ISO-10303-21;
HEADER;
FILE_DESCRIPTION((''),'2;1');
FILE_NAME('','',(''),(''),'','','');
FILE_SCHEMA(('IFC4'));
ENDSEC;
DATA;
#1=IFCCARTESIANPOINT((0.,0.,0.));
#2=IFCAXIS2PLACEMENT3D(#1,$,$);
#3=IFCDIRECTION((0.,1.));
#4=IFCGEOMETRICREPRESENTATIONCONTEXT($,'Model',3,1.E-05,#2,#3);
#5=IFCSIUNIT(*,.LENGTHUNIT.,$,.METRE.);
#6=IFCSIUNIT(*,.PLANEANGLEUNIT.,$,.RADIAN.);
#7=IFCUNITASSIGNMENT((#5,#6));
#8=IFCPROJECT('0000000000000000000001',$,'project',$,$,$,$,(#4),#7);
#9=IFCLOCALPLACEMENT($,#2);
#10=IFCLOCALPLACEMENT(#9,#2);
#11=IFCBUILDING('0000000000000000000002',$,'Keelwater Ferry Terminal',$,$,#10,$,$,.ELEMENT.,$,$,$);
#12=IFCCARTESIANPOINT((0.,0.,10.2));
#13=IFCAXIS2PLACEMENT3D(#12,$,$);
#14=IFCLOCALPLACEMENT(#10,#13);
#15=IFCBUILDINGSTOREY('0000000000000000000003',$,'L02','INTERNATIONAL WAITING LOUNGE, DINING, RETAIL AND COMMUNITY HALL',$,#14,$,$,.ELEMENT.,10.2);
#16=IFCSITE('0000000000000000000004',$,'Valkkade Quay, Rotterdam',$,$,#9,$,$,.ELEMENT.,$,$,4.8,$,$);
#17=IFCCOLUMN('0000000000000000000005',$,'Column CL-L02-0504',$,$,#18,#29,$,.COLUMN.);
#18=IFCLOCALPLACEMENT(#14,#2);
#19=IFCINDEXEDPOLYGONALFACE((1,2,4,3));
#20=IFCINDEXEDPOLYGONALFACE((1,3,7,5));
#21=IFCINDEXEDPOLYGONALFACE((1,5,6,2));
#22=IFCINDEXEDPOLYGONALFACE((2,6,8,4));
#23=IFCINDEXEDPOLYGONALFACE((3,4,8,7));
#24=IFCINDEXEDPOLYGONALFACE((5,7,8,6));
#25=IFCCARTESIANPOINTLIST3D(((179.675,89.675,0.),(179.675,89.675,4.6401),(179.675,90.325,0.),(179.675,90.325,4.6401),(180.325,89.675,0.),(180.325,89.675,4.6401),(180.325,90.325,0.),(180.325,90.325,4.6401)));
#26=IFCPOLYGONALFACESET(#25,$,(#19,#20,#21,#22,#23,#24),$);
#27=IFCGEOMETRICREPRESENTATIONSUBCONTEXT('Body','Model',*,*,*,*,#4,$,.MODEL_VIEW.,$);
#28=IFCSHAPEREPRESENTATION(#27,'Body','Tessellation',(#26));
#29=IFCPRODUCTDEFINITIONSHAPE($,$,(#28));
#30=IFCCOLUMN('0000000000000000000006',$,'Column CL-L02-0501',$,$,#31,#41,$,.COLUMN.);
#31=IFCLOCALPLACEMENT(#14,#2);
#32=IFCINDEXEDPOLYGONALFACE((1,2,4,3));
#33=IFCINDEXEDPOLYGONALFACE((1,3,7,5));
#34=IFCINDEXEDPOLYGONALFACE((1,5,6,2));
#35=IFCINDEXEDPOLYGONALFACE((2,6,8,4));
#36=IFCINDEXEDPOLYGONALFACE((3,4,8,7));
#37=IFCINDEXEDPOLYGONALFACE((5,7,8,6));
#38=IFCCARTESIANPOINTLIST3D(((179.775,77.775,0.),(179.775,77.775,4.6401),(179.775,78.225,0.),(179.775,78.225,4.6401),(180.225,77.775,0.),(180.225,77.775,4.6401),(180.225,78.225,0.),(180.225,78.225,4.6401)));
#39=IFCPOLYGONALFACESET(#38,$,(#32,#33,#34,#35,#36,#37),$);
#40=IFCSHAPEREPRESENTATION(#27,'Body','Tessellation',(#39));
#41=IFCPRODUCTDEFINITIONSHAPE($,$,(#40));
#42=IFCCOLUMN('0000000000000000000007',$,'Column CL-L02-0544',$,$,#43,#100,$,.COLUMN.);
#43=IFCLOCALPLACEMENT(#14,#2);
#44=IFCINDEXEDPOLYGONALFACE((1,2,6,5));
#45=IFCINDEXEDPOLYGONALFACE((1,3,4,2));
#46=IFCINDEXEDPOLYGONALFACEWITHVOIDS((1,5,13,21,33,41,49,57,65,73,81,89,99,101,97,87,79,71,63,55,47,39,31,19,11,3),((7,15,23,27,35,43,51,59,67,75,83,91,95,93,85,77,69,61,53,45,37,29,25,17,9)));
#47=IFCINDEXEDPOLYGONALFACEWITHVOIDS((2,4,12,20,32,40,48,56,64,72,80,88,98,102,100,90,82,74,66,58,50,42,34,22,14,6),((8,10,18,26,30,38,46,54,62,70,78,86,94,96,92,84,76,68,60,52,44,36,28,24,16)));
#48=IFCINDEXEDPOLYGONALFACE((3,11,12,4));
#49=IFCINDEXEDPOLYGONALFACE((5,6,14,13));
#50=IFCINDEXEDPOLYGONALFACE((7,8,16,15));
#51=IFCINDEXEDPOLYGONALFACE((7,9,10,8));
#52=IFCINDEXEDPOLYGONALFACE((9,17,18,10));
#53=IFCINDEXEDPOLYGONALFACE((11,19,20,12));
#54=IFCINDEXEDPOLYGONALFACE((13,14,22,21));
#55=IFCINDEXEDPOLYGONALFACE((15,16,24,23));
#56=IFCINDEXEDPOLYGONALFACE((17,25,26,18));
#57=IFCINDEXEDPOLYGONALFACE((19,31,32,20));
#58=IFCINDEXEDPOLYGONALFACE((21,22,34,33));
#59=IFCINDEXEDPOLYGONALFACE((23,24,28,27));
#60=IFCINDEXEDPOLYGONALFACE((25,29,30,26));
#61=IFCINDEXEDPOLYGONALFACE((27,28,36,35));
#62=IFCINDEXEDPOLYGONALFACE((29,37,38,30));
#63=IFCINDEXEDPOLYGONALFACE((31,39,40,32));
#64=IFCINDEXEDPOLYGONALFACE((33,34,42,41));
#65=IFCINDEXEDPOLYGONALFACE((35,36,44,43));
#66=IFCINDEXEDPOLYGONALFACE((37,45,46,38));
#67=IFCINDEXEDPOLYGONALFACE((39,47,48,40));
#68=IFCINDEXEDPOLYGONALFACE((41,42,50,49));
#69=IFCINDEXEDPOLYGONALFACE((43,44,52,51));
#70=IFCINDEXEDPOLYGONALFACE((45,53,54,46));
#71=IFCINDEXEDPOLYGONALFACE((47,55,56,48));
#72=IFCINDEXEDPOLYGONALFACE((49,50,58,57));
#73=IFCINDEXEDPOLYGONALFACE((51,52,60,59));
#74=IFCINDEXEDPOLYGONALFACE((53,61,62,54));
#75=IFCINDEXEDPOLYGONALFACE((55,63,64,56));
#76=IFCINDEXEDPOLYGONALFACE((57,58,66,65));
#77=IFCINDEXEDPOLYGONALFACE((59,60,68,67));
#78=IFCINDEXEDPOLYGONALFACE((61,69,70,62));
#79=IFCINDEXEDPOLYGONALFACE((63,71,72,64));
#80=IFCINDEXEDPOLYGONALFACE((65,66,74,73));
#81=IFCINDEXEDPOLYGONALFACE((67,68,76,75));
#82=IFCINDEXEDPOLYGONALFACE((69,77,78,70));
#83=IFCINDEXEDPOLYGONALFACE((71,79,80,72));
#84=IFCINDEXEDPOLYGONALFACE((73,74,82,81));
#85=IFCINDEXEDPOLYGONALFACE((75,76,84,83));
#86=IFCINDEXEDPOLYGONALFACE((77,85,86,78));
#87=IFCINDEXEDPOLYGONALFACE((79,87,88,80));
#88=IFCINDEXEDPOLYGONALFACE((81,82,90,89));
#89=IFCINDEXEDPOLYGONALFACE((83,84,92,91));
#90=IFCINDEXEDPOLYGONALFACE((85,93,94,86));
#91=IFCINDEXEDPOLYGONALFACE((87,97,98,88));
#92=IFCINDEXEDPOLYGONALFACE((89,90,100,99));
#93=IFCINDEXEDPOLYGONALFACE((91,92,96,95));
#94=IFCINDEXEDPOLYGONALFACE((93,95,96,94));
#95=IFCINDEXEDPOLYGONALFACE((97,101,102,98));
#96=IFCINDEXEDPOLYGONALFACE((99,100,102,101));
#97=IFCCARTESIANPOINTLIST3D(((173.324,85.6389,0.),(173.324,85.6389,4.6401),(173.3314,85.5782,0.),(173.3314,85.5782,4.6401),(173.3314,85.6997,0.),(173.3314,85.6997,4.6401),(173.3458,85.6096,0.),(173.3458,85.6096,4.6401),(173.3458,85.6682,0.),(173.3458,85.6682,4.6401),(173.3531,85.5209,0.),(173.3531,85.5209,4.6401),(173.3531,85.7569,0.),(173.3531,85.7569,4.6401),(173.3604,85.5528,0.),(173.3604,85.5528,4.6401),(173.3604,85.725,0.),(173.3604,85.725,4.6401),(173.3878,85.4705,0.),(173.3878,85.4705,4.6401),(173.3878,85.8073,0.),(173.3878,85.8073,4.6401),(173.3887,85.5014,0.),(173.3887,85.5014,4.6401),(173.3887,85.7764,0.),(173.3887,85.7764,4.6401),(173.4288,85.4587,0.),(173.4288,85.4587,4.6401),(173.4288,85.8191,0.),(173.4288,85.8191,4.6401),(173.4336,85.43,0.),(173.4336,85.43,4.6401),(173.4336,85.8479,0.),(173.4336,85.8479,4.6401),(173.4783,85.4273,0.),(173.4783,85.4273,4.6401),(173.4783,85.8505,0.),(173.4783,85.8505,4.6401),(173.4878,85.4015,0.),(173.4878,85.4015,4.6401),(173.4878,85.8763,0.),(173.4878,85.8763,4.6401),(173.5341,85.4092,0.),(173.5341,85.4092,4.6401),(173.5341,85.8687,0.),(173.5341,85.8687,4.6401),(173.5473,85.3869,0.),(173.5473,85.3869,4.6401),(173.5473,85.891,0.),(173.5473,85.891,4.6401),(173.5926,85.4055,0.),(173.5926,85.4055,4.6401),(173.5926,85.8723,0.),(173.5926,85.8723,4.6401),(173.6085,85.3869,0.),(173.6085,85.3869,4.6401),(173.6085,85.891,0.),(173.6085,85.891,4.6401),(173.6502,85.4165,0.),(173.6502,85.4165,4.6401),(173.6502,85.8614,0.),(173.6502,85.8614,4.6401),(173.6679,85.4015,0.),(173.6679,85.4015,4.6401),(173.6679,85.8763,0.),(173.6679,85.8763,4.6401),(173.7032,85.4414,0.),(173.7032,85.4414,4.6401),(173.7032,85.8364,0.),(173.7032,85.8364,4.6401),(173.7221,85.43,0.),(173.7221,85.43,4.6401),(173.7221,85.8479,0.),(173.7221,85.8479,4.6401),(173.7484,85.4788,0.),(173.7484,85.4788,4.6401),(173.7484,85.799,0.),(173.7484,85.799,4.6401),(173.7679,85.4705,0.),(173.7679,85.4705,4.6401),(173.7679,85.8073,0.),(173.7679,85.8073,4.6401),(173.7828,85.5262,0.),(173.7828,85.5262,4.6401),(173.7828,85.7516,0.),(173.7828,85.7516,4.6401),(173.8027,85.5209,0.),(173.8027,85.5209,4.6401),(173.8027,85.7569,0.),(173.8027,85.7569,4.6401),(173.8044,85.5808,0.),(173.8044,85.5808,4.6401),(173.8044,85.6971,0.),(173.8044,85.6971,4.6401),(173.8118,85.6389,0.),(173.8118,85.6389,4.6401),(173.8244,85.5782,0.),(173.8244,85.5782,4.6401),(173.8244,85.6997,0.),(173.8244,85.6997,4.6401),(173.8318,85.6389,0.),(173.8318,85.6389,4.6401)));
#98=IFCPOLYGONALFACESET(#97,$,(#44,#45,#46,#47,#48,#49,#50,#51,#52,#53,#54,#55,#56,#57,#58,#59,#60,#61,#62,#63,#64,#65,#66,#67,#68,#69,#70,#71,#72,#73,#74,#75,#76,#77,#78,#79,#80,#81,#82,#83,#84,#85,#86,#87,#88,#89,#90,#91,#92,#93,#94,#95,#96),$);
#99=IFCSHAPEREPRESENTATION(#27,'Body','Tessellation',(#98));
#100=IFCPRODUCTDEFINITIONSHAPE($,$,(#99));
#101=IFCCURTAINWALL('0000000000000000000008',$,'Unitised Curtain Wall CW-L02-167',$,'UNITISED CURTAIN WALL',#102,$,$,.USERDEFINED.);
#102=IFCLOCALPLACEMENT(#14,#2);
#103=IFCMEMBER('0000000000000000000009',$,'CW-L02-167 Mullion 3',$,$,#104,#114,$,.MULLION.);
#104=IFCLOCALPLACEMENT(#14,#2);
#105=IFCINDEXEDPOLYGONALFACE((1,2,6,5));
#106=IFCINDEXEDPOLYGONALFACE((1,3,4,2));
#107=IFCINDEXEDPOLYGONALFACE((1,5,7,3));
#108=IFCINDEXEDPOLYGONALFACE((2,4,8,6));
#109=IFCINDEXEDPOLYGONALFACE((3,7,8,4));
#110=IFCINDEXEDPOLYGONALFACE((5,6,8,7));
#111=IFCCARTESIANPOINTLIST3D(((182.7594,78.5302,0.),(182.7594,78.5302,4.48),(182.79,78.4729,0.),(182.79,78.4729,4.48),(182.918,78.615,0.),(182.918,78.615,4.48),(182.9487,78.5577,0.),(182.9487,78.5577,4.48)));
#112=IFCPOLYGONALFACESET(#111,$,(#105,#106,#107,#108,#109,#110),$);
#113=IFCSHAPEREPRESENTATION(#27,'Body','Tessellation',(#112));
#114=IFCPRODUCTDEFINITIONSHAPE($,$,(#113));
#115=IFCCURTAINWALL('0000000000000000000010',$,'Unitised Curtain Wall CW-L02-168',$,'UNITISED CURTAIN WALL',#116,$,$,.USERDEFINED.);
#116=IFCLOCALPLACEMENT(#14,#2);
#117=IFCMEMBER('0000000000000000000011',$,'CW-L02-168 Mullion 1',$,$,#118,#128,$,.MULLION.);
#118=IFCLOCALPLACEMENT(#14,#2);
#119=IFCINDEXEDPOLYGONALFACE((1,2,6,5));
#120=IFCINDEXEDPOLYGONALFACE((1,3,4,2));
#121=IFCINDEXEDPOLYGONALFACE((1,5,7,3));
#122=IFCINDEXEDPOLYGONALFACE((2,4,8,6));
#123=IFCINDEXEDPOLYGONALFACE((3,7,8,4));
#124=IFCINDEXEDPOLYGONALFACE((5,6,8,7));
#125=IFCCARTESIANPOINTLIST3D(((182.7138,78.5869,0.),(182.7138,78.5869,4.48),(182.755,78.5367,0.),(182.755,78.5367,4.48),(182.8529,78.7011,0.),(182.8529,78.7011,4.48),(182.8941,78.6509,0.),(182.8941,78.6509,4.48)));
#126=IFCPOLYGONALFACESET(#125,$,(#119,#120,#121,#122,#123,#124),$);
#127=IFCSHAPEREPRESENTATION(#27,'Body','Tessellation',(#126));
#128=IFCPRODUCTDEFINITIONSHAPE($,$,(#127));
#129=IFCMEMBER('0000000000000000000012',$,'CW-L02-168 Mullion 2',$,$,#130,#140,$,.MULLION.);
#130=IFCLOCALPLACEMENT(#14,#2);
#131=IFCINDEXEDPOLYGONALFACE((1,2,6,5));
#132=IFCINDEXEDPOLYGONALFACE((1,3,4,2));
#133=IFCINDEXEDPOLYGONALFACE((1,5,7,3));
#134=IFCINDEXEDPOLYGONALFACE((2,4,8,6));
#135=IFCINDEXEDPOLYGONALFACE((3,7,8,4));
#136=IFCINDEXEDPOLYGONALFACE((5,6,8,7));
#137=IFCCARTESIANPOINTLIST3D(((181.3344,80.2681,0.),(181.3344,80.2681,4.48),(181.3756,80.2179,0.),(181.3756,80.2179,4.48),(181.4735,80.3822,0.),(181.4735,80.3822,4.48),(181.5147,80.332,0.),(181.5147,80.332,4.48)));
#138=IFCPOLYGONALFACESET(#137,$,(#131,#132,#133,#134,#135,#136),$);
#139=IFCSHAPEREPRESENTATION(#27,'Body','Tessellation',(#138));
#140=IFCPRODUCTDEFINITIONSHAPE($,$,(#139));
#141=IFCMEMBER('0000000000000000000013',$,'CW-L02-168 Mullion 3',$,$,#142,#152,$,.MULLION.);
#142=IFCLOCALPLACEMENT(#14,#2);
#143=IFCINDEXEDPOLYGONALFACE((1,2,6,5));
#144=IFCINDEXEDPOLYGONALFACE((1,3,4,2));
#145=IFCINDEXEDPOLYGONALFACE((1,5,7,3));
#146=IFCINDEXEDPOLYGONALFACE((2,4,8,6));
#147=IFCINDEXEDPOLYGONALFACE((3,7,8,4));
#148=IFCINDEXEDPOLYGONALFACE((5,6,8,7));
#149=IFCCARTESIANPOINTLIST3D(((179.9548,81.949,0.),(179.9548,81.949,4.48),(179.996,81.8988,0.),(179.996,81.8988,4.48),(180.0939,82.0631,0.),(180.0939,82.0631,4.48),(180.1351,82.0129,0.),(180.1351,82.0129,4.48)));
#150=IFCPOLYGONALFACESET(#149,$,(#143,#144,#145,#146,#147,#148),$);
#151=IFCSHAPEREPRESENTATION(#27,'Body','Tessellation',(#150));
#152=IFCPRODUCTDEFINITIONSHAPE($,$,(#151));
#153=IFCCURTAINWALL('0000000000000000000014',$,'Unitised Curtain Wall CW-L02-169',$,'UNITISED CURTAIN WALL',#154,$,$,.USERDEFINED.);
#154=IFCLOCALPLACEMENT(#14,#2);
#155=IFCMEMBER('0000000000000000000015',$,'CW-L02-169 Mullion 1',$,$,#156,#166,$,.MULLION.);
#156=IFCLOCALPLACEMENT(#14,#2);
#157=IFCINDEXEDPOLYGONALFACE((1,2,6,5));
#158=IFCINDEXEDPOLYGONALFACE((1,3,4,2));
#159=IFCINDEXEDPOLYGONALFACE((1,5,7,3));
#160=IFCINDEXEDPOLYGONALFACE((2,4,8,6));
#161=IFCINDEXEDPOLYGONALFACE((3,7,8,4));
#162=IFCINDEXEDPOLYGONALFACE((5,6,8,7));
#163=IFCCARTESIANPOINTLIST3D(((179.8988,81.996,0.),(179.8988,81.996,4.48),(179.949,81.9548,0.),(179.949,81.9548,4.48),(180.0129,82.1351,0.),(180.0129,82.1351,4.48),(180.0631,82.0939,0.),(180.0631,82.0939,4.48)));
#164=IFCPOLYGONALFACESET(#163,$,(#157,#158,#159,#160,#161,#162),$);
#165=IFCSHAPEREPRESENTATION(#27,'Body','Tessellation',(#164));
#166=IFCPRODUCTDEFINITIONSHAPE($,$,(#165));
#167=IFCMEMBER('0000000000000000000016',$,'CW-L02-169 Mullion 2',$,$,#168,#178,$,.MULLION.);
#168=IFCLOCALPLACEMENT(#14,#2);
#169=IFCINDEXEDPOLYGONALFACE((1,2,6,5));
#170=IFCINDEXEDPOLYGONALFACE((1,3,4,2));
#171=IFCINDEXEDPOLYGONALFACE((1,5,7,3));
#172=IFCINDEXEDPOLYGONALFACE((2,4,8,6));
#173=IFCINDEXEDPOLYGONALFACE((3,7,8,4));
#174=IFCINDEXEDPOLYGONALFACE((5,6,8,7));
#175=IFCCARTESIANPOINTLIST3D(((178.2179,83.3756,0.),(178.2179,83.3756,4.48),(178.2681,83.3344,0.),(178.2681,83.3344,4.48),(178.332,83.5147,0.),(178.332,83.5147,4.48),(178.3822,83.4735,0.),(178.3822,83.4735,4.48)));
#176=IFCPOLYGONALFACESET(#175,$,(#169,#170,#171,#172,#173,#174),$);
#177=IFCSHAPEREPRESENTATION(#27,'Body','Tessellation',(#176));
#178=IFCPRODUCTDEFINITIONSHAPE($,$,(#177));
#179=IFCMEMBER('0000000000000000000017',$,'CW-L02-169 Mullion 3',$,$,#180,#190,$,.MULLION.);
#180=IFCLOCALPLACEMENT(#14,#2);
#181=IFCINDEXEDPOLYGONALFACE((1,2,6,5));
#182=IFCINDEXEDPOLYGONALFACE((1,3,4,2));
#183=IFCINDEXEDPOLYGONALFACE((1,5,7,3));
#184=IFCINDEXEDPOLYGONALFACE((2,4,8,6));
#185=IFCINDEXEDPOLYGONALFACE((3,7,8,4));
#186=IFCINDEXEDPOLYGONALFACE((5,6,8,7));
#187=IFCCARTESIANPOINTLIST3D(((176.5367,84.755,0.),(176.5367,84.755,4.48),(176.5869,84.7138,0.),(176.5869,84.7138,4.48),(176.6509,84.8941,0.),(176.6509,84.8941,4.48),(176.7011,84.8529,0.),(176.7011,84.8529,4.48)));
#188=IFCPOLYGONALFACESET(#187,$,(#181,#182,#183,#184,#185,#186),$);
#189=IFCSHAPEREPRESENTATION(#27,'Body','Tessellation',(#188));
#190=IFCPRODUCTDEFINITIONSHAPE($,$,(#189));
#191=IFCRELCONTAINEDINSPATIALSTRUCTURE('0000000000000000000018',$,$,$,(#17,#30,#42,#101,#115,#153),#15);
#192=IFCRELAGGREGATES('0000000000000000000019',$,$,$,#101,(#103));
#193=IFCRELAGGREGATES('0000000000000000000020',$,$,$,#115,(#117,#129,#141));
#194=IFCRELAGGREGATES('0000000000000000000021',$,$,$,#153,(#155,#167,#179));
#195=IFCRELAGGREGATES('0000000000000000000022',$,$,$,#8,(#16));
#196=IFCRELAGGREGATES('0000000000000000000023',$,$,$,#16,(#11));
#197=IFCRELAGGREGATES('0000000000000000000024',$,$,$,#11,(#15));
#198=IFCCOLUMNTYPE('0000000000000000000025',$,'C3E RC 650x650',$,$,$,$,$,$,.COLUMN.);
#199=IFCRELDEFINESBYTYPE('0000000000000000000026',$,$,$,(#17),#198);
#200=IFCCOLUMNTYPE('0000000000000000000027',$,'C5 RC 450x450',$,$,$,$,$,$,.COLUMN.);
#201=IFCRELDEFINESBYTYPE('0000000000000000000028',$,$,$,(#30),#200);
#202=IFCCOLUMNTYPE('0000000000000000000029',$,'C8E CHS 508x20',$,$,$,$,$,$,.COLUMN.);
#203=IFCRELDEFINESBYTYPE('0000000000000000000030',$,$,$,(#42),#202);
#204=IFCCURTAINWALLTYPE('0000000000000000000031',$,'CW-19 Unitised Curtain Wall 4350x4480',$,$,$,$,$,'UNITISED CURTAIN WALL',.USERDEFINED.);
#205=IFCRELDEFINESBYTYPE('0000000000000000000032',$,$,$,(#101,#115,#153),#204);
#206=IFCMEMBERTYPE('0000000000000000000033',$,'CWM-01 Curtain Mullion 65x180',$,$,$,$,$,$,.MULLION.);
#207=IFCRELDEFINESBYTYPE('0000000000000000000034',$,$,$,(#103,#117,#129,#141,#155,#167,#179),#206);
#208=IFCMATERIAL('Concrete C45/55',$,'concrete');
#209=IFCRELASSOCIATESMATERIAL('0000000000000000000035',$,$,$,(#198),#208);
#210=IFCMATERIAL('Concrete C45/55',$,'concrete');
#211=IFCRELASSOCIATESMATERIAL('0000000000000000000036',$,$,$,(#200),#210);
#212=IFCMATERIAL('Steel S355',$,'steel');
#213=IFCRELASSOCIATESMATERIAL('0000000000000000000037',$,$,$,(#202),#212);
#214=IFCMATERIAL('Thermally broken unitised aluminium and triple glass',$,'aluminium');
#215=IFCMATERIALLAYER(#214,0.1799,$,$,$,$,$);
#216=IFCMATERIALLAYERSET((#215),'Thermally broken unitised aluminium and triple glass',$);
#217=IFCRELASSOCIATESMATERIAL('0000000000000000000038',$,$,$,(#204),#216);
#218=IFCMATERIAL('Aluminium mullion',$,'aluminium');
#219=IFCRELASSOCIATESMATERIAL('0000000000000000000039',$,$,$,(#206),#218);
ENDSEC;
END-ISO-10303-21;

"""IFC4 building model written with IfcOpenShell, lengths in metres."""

from ifc_helpers import new_model, si_unit, direction, frame, origin, origin_2d, place, context, subcontext, project, spatial, rectangle, hollow_circle, extrude, material, layer, layer_set, material_profile, profile_set, type_object, element, aggregate, save


model = new_model("IFC4")

# Units and contexts
model_context = context("Model", 3, precision=1e-05, world=origin(), true_north=direction((0.0, 1.0)))
body_context = subcontext(model_context, "Body", "Model", "MODEL_VIEW")
ifc_project = project(units=[si_unit("LENGTHUNIT", "METRE"), si_unit("PLANEANGLEUNIT", "RADIAN")], contexts=[model_context])

# Site, building, storey
site_placement = place(None, origin())
site = spatial("IfcSite", under=ifc_project, at=site_placement, Name="Valkkade Quay, Rotterdam", CompositionType="ELEMENT", RefElevation=4.8)
building_placement = place(site_placement, origin())
building = spatial("IfcBuilding", under=site, at=building_placement, Name="Keelwater Ferry Terminal", CompositionType="ELEMENT")
storey_placement = place(building_placement, frame((0.0, 0.0, 10.2)))
storey = spatial("IfcBuildingStorey", under=building, at=storey_placement, Name="L02", Description="INTERNATIONAL WAITING LOUNGE, DINING, RETAIL AND COMMUNITY HALL", CompositionType="ELEMENT", Elevation=10.2)

# Columns
ifc_material_1 = material(Name="Concrete C45/55", Category="concrete")
ifc_material_profile_1 = material_profile(ifc_material_1, rectangle(XDim=0.6499, YDim=0.6499, at=origin_2d()), Name="RC 650x650")
ifc_profile_set_1 = profile_set([ifc_material_profile_1], Name="Concrete C45/55")
column_type_1 = type_object("IfcColumnType", Name="C3E RC 650x650", PredefinedType="COLUMN", material=ifc_profile_set_1)
column_1_placement = place(storey_placement, frame((180.0, 90.0, 0.0), z_axis=(0.0, 0.0, 1.0), x_axis=(1.0, 0.0, 0.0)))
element("IfcColumn", 1, at=column_1_placement, inside=storey, type_object=column_type_1, Name="Column CL-L02-0504", PredefinedType="COLUMN", context=body_context, shape_type="SweptSolid", body=[
    extrude(rectangle(XDim=0.6499, YDim=0.6499, at=origin_2d()), origin(), (0.0, 0.0, 1.0), 4.6401),
])
ifc_material_2 = material(Name="Concrete C45/55", Category="concrete")
ifc_material_profile_2 = material_profile(ifc_material_2, rectangle(XDim=0.45, YDim=0.45, at=origin_2d()), Name="RC 450x450")
ifc_profile_set_2 = profile_set([ifc_material_profile_2], Name="Concrete C45/55")
column_type_2 = type_object("IfcColumnType", Name="C5 RC 450x450", PredefinedType="COLUMN", material=ifc_profile_set_2)
column_2_placement = place(storey_placement, frame((180.0, 78.0, 0.0), z_axis=(0.0, 0.0, 1.0), x_axis=(1.0, 0.0, 0.0)))
element("IfcColumn", 2, at=column_2_placement, inside=storey, type_object=column_type_2, Name="Column CL-L02-0501", PredefinedType="COLUMN", context=body_context, shape_type="SweptSolid", body=[
    extrude(rectangle(XDim=0.45, YDim=0.45, at=origin_2d()), origin(), (0.0, 0.0, 1.0), 4.6401),
])
ifc_material_3 = material(Name="Steel S355", Category="steel")
ifc_material_profile_3 = material_profile(ifc_material_3, hollow_circle(Radius=0.2539, WallThickness=0.02, at=origin_2d()), Name="CHS 508x20")
ifc_profile_set_3 = profile_set([ifc_material_profile_3], Name="Steel S355")
column_type_3 = type_object("IfcColumnType", Name="C8E CHS 508x20", PredefinedType="COLUMN", material=ifc_profile_set_3)
column_3_placement = place(storey_placement, frame((173.5779, 85.6389, 0.0), z_axis=(0.0, 0.0, 1.0), x_axis=(1.0, 0.0, 0.0)))
element("IfcColumn", 3, at=column_3_placement, inside=storey, type_object=column_type_3, Name="Column CL-L02-0544", PredefinedType="COLUMN", context=body_context, shape_type="SweptSolid", body=[
    extrude(hollow_circle(Radius=0.2539, WallThickness=0.02, at=origin_2d()), origin(), (0.0, 0.0, 1.0), 4.6401),
])

# Curtain wall, member
ifc_material_4 = material(Name="Thermally broken unitised aluminium and triple glass", Category="aluminium")
ifc_layer_1 = layer(ifc_material_4, 0.1799)
ifc_layer_set_1 = layer_set([ifc_layer_1], Name="Thermally broken unitised aluminium and triple glass")
curtain_wall_type = type_object("IfcCurtainWallType", Name="CW-19 Unitised Curtain Wall 4350x4480", ElementType="UNITISED CURTAIN WALL", PredefinedType="USERDEFINED", material=ifc_layer_set_1)
curtain_wall_1_placement = place(storey_placement, origin())
curtain_wall_1 = element("IfcCurtainWall", 4, at=curtain_wall_1_placement, inside=storey, type_object=curtain_wall_type, Name="Unitised Curtain Wall CW-L02-167", ObjectType="UNITISED CURTAIN WALL", PredefinedType="USERDEFINED")
ifc_material_5 = material(Name="Aluminium mullion", Category="aluminium")
ifc_material_profile_4 = material_profile(ifc_material_5, rectangle(XDim=0.0649, YDim=0.1799, at=origin_2d()), Name="CWM-01")
ifc_profile_set_4 = profile_set([ifc_material_profile_4], Name="Aluminium mullion")
member_type_1 = type_object("IfcMemberType", Name="CWM-01 Curtain Mullion 65x180", PredefinedType="MULLION", material=ifc_profile_set_4)
member_1_placement = place(storey_placement, frame((182.854, 78.5439, 0.0), z_axis=(0.0, 0.0, 1.0), x_axis=(-0.471507, 0.881862, 0.0)))
member_1 = element("IfcMember", 5, at=member_1_placement, type_object=member_type_1, Name="CW-L02-167 Mullion 3", PredefinedType="MULLION", context=body_context, shape_type="SweptSolid", body=[
    extrude(rectangle(XDim=0.0649, YDim=0.1799, at=origin_2d()), origin(), (0.0, 0.0, 1.0), 4.48),
])
aggregate(curtain_wall_1, [member_1])

# Curtain walls, members
curtain_wall_2_placement = place(storey_placement, origin())
curtain_wall_2 = element("IfcCurtainWall", 6, at=curtain_wall_2_placement, inside=storey, type_object=curtain_wall_type, Name="Unitised Curtain Wall CW-L02-168", ObjectType="UNITISED CURTAIN WALL", PredefinedType="USERDEFINED")
member_2_placement = place(storey_placement, frame((182.804, 78.6189, 0.0), z_axis=(0.0, 0.0, 1.0), x_axis=(-0.634377, 0.773024, 0.0)))
member_2 = element("IfcMember", 7, at=member_2_placement, type_object=member_type_1, Name="CW-L02-168 Mullion 1", PredefinedType="MULLION", context=body_context, shape_type="SweptSolid", body=[
    extrude(rectangle(XDim=0.0649, YDim=0.1799, at=origin_2d()), origin(), (0.0, 0.0, 1.0), 4.48),
])
member_3_placement = place(storey_placement, frame((181.4246, 80.3, 0.0), z_axis=(0.0, 0.0, 1.0), x_axis=(-0.634377, 0.773024, 0.0)))
member_3 = element("IfcMember", 8, at=member_3_placement, type_object=member_type_1, Name="CW-L02-168 Mullion 2", PredefinedType="MULLION", context=body_context, shape_type="SweptSolid", body=[
    extrude(rectangle(XDim=0.0649, YDim=0.1799, at=origin_2d()), origin(), (0.0, 0.0, 1.0), 4.48),
])
member_4_placement = place(storey_placement, frame((180.0449, 81.981, 0.0), z_axis=(0.0, 0.0, 1.0), x_axis=(-0.634377, 0.773024, 0.0)))
member_4 = element("IfcMember", 9, at=member_4_placement, type_object=member_type_1, Name="CW-L02-168 Mullion 3", PredefinedType="MULLION", context=body_context, shape_type="SweptSolid", body=[
    extrude(rectangle(XDim=0.0649, YDim=0.1799, at=origin_2d()), origin(), (0.0, 0.0, 1.0), 4.48),
])
curtain_wall_3_placement = place(storey_placement, origin())
curtain_wall_3 = element("IfcCurtainWall", 10, at=curtain_wall_3_placement, inside=storey, type_object=curtain_wall_type, Name="Unitised Curtain Wall CW-L02-169", ObjectType="UNITISED CURTAIN WALL", PredefinedType="USERDEFINED")
member_5_placement = place(storey_placement, frame((179.981, 82.0449, 0.0), z_axis=(0.0, 0.0, 1.0), x_axis=(-0.773024, 0.634377, 0.0)))
member_5 = element("IfcMember", 11, at=member_5_placement, type_object=member_type_1, Name="CW-L02-169 Mullion 1", PredefinedType="MULLION", context=body_context, shape_type="SweptSolid", body=[
    extrude(rectangle(XDim=0.0649, YDim=0.1799, at=origin_2d()), origin(), (0.0, 0.0, 1.0), 4.48),
])
member_6_placement = place(storey_placement, frame((178.3, 83.4246, 0.0), z_axis=(0.0, 0.0, 1.0), x_axis=(-0.773024, 0.634377, 0.0)))
member_6 = element("IfcMember", 12, at=member_6_placement, type_object=member_type_1, Name="CW-L02-169 Mullion 2", PredefinedType="MULLION", context=body_context, shape_type="SweptSolid", body=[
    extrude(rectangle(XDim=0.0649, YDim=0.1799, at=origin_2d()), origin(), (0.0, 0.0, 1.0), 4.48),
])
member_7_placement = place(storey_placement, frame((176.6189, 84.804, 0.0), z_axis=(0.0, 0.0, 1.0), x_axis=(-0.773024, 0.634377, 0.0)))
member_7 = element("IfcMember", 13, at=member_7_placement, type_object=member_type_1, Name="CW-L02-169 Mullion 3", PredefinedType="MULLION", context=body_context, shape_type="SweptSolid", body=[
    extrude(rectangle(XDim=0.0649, YDim=0.1799, at=origin_2d()), origin(), (0.0, 0.0, 1.0), 4.48),
])

aggregate(curtain_wall_2, [member_2, member_3, member_4])
aggregate(curtain_wall_3, [member_5, member_6, member_7])

save(model, "model.ifc")
